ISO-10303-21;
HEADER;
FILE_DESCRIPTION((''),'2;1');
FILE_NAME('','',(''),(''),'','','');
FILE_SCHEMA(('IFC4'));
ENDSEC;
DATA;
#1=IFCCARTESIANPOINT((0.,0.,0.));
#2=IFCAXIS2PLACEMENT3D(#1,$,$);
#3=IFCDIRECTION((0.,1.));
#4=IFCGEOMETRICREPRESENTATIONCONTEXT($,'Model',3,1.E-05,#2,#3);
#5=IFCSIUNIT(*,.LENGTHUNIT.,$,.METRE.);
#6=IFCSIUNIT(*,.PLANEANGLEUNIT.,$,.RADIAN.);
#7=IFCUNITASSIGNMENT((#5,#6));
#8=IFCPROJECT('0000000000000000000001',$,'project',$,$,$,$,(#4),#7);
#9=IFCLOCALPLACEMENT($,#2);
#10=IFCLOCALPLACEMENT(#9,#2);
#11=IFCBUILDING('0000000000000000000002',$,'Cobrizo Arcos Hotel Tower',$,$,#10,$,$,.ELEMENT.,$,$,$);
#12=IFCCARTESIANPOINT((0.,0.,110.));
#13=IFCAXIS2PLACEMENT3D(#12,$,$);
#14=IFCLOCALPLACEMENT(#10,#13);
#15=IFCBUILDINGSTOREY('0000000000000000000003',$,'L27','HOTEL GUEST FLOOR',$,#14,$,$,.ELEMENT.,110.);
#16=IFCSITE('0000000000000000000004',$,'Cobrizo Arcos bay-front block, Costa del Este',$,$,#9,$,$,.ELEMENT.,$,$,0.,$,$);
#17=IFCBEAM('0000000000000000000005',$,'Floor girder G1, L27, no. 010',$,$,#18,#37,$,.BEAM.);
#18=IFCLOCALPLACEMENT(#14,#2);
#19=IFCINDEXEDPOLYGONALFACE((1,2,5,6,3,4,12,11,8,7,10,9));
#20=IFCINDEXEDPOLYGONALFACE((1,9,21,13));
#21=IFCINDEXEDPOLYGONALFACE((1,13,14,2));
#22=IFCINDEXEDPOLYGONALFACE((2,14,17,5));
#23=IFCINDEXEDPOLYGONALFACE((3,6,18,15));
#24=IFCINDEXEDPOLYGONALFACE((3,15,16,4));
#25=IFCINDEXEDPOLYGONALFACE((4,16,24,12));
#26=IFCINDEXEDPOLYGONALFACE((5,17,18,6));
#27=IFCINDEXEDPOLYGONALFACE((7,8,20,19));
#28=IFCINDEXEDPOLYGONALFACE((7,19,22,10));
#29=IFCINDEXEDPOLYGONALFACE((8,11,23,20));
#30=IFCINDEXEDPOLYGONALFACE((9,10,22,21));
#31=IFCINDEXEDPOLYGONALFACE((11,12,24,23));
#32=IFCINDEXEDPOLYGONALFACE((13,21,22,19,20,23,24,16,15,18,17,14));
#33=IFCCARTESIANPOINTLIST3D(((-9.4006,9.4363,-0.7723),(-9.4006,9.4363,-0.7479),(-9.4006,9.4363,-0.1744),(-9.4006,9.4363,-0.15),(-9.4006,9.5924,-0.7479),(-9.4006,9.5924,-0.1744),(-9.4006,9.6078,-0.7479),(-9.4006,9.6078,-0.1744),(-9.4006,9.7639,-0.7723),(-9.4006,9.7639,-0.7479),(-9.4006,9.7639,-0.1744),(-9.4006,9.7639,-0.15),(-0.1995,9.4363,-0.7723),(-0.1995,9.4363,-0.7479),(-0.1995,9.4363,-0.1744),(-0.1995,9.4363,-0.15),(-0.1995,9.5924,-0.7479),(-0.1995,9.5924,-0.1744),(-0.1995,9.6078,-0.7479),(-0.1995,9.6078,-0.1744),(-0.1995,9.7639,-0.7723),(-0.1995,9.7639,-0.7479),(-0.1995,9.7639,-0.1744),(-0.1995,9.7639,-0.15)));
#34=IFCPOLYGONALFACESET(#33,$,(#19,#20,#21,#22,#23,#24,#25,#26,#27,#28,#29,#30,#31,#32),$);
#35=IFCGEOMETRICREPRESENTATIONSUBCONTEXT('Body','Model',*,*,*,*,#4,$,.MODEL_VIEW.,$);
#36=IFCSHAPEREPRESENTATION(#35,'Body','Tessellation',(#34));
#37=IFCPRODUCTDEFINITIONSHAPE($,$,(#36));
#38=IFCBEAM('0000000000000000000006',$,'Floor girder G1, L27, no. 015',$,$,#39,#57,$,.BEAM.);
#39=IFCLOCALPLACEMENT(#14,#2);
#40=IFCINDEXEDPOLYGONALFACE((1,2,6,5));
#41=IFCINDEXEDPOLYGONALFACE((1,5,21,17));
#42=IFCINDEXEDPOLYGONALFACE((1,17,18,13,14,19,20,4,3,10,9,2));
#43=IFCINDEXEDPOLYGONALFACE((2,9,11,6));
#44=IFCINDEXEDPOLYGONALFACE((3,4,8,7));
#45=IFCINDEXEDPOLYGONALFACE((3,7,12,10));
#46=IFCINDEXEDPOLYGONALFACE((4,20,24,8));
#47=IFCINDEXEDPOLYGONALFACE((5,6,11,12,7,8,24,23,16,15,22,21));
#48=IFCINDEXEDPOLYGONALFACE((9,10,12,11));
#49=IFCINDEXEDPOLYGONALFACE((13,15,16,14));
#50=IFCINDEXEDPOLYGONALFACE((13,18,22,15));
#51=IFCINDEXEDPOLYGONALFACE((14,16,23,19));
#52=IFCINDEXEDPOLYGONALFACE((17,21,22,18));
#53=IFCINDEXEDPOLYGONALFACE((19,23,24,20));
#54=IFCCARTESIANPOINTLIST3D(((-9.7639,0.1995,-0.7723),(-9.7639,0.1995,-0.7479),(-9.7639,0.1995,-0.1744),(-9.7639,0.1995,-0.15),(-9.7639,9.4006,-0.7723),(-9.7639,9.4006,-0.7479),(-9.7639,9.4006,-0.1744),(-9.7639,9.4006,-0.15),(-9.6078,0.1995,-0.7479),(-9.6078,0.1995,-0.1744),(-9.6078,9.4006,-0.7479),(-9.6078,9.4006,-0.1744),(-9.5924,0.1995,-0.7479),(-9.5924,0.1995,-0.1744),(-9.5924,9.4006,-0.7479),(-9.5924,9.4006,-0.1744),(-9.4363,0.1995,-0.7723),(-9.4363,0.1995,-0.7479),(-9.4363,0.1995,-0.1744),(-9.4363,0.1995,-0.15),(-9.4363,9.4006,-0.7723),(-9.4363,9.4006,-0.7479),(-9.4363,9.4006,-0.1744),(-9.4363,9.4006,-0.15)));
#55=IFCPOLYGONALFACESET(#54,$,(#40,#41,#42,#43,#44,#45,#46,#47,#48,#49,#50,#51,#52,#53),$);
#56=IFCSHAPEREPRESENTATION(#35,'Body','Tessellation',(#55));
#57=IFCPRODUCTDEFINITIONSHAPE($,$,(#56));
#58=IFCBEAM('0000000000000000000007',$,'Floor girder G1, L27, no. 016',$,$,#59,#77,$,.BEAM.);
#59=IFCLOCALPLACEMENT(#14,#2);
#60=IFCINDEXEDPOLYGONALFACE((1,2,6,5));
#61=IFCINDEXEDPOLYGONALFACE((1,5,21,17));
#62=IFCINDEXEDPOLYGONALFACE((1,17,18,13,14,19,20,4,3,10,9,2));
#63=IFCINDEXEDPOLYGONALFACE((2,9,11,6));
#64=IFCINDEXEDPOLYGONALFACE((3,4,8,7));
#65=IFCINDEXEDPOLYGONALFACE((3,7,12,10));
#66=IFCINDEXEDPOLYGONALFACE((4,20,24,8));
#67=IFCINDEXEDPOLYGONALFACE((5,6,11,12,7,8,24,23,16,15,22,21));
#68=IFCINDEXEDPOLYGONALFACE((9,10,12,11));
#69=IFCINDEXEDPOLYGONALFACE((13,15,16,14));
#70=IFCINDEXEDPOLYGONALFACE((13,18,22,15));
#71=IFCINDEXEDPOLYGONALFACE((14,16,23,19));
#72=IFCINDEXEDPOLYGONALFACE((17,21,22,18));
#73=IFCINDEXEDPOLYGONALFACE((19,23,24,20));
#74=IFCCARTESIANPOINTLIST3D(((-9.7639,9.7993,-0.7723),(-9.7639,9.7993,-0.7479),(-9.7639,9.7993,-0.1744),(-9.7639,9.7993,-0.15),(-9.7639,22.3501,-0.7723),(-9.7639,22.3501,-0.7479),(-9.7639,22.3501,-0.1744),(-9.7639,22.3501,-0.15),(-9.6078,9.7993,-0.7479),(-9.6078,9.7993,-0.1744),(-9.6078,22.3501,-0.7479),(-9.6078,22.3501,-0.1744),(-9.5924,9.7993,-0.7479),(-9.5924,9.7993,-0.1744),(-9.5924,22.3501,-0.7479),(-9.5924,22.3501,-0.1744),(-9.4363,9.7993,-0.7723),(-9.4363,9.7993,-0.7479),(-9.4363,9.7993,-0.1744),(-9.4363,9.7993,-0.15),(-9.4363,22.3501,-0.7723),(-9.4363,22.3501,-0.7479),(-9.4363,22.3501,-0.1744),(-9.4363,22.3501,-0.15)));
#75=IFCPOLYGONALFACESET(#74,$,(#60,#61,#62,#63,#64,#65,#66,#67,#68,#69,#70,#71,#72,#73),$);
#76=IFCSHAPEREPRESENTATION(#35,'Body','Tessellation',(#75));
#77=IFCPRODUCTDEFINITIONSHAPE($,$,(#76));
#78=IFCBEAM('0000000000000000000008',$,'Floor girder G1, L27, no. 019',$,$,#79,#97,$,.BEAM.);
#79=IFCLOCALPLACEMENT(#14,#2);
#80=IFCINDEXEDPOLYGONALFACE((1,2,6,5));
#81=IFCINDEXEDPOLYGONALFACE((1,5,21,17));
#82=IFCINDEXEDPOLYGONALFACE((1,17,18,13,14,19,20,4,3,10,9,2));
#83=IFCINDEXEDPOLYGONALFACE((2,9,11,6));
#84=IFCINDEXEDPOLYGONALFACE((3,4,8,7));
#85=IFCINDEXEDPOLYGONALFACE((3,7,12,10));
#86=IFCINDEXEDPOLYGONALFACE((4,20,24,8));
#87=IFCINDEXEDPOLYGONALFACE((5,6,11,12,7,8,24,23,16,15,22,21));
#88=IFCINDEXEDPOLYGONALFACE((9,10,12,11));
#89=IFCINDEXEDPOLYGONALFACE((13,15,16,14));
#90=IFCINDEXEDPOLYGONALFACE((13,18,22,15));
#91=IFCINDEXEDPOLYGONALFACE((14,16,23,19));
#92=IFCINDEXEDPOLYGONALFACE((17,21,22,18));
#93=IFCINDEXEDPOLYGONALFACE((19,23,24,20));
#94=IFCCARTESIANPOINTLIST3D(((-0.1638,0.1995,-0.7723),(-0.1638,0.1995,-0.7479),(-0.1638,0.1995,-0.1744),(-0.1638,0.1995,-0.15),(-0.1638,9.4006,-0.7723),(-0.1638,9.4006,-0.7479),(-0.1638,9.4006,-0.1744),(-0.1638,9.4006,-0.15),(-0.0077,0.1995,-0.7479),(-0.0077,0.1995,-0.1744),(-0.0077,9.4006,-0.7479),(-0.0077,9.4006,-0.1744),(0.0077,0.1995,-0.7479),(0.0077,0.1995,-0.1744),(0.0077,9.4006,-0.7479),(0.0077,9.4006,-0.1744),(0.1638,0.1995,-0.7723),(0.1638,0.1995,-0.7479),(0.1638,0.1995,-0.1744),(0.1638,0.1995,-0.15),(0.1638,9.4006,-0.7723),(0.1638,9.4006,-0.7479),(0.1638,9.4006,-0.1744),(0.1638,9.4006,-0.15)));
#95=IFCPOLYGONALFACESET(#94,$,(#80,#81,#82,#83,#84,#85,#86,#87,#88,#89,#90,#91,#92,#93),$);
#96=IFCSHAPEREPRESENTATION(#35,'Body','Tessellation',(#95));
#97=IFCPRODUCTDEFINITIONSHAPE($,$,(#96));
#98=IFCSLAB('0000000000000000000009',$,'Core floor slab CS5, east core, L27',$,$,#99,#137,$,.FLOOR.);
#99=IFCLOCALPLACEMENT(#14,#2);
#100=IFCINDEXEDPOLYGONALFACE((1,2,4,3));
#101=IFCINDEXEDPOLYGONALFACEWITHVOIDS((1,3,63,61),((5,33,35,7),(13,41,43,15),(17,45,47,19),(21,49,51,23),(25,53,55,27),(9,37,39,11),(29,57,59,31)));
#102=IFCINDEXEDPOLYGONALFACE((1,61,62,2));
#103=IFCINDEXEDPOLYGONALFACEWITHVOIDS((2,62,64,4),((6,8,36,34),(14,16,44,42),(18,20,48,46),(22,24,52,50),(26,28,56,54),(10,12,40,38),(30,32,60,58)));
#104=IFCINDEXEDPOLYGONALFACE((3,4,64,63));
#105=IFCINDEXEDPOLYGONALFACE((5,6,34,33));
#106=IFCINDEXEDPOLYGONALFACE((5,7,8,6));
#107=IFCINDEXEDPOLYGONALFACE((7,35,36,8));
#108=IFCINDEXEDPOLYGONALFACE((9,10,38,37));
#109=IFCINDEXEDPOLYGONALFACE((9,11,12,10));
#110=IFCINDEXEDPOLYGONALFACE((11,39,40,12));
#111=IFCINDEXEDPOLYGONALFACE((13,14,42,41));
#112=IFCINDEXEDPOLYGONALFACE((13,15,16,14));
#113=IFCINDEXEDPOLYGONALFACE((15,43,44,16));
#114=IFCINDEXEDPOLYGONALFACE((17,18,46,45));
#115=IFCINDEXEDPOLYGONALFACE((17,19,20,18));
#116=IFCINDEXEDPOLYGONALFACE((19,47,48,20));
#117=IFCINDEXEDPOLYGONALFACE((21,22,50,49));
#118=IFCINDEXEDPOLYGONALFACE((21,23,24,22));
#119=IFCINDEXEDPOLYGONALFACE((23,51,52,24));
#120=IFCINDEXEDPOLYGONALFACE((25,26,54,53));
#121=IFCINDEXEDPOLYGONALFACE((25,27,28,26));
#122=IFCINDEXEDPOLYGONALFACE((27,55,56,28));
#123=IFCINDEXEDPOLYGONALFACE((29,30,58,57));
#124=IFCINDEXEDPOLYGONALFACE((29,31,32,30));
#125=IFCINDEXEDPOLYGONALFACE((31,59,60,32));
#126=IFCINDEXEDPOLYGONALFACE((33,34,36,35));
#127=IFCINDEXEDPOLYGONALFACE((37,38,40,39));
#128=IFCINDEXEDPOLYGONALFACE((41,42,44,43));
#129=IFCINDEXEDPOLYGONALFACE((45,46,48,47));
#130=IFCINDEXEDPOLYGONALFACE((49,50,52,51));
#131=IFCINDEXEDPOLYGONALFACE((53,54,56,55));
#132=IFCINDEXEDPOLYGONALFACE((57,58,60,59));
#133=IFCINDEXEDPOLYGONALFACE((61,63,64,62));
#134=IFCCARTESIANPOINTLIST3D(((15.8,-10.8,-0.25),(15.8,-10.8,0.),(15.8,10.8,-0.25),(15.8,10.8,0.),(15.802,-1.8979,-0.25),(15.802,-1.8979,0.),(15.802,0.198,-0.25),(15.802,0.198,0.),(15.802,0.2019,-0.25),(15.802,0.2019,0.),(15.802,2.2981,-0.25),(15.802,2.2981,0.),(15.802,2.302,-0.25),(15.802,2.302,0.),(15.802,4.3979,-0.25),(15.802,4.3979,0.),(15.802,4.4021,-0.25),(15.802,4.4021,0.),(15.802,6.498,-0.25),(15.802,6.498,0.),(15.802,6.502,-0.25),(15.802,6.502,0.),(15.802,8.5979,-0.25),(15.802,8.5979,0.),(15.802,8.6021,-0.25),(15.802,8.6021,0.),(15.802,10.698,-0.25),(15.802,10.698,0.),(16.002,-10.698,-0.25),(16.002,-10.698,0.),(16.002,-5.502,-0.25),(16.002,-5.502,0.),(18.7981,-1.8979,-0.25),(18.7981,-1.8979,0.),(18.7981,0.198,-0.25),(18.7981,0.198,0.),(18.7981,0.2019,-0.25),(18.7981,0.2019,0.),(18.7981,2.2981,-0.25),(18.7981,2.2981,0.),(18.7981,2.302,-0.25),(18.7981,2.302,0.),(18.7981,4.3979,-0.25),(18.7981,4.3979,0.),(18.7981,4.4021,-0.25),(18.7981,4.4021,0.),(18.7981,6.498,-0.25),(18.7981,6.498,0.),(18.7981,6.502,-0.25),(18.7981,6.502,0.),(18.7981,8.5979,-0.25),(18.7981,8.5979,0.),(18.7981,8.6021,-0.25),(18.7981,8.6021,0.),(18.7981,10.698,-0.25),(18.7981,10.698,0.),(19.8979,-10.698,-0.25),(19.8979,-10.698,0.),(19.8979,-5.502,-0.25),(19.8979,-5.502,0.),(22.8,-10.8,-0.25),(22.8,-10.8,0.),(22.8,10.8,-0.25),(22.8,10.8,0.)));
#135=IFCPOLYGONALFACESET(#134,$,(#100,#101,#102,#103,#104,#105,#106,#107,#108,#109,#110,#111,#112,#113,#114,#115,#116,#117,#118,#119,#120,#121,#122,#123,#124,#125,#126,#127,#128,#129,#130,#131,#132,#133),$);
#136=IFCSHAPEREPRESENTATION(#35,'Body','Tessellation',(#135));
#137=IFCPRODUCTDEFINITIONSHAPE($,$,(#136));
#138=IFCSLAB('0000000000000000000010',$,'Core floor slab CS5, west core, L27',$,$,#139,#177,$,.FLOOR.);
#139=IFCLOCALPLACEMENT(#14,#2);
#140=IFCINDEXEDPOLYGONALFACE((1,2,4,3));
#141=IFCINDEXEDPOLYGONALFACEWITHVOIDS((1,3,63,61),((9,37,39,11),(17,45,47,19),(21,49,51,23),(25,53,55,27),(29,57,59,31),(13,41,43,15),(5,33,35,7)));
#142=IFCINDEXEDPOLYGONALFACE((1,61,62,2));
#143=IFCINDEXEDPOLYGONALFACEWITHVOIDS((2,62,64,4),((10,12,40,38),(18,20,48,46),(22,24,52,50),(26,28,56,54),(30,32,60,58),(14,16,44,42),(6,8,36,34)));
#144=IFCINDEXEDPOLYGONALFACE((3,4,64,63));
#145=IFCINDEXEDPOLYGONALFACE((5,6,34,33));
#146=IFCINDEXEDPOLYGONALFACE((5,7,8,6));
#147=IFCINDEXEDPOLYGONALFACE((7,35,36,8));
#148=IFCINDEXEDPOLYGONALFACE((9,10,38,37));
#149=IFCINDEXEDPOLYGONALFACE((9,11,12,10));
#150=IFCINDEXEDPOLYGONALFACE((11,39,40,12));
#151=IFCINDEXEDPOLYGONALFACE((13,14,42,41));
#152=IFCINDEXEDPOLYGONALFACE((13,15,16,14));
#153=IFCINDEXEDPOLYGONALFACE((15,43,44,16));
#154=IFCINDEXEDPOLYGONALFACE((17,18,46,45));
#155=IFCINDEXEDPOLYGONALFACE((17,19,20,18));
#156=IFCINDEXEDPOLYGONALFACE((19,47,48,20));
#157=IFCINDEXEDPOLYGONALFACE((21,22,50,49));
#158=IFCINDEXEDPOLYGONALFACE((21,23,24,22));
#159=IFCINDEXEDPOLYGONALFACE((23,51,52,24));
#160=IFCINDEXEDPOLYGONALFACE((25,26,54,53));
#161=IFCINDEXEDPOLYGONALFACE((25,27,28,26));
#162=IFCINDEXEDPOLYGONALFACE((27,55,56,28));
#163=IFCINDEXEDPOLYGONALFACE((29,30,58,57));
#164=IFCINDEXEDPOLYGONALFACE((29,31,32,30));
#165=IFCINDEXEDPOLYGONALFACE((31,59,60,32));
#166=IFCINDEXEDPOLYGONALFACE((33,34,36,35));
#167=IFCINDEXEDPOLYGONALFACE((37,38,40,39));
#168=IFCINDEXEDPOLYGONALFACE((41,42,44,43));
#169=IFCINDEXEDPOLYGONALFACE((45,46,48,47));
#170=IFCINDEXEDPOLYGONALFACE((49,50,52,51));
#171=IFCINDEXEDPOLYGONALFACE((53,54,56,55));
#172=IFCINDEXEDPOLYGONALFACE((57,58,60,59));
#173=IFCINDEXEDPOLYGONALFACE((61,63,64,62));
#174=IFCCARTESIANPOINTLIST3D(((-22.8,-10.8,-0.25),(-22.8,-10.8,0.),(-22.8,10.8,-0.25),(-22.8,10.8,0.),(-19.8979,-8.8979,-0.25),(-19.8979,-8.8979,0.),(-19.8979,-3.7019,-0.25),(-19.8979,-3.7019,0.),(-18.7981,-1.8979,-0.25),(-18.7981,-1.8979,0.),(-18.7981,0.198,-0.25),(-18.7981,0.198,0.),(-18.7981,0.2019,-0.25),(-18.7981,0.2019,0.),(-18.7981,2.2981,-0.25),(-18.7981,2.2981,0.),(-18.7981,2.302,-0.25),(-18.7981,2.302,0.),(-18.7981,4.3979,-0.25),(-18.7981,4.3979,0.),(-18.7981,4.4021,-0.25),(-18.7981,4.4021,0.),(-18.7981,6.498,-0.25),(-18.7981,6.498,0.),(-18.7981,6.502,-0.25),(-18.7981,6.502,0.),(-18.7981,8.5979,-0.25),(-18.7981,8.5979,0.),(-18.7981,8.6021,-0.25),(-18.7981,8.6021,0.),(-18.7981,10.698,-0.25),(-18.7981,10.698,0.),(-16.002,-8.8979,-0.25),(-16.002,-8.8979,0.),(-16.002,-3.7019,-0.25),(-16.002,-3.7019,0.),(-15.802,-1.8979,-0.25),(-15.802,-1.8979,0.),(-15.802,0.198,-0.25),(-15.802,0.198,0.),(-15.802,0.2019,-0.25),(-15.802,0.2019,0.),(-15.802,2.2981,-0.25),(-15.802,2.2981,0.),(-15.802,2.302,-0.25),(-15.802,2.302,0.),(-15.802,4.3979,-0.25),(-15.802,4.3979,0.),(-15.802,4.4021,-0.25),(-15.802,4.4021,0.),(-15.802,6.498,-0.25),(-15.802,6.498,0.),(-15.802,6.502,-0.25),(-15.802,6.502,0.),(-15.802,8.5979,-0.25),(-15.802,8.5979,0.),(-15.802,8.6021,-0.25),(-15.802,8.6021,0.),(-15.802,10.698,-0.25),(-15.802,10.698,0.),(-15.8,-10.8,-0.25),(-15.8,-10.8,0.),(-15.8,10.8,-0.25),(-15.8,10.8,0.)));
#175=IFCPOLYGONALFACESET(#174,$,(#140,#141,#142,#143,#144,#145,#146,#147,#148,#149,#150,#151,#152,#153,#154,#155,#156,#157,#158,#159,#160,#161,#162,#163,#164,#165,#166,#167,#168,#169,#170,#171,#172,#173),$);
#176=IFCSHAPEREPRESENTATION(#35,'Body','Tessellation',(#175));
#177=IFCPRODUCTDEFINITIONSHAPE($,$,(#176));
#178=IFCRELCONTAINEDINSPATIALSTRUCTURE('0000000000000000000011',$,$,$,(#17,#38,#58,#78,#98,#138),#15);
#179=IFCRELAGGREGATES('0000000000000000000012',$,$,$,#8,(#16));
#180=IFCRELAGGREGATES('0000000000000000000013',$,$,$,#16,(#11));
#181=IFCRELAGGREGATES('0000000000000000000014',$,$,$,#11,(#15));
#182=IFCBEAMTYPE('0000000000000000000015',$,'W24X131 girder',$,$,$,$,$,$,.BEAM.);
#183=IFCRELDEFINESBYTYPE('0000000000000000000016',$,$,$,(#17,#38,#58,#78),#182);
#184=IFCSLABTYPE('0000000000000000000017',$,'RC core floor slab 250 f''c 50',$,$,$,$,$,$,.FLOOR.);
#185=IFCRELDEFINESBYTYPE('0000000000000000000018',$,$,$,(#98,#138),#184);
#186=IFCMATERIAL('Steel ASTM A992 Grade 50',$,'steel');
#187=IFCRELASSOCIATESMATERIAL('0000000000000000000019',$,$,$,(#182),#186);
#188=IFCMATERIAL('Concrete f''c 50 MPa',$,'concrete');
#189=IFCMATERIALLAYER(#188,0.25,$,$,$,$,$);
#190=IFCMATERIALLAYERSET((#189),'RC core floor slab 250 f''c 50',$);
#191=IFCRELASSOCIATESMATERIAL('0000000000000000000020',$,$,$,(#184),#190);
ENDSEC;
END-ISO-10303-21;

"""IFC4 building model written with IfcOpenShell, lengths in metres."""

from ifc_helpers import new_model, si_unit, direction, frame, origin, origin_2d, place, context, subcontext, project, spatial, polyline, i_section, outline, extrude, material, layer, layer_set, material_profile, profile_set, type_object, element, save


model = new_model("IFC4")

# Units and contexts
model_context = context("Model", 3, precision=1e-05, world=origin(), true_north=direction((0.0, 1.0)))
body_context = subcontext(model_context, "Body", "Model", "MODEL_VIEW")
ifc_project = project(units=[si_unit("LENGTHUNIT", "METRE"), si_unit("PLANEANGLEUNIT", "RADIAN")], contexts=[model_context])

# Site, building, storey
site_placement = place(None, origin())
site = spatial("IfcSite", under=ifc_project, at=site_placement, Name="Cobrizo Arcos bay-front block, Costa del Este", CompositionType="ELEMENT", RefElevation=0.0)
building_placement = place(site_placement, origin())
building = spatial("IfcBuilding", under=site, at=building_placement, Name="Cobrizo Arcos Hotel Tower", CompositionType="ELEMENT")
storey_placement = place(building_placement, frame((0.0, 0.0, 110.0)))
storey = spatial("IfcBuildingStorey", under=building, at=storey_placement, Name="L27", Description="HOTEL GUEST FLOOR", CompositionType="ELEMENT", Elevation=110.0)

# Shared definitions
ifc_material_1 = material(Name="Steel ASTM A992 Grade 50", Category="steel")

# Beams
ifc_material_profile_1 = material_profile(ifc_material_1, i_section(OverallWidth=0.3276, OverallDepth=0.6223, WebThickness=0.0154, FlangeThickness=0.0244, at=origin_2d()), Name="W24X131")
ifc_profile_set_1 = profile_set([ifc_material_profile_1], Name="Steel ASTM A992 Grade 50")
beam_type_1 = type_object("IfcBeamType", Name="W24X131 girder", PredefinedType="BEAM", material=ifc_profile_set_1)
for number, where, z_axis, x_axis, name in (
    (1, (-9.4006, 9.6001, -0.4612), (1.0, 0.0, 0.0), (0.0, 1.0, 0.0), "Floor girder G1, L27, no. 010"),
    (2, (-9.6001, 0.1995, -0.4612), (0.0, 1.0, 0.0), (-1.0, 0.0, 0.0), "Floor girder G1, L27, no. 015"),
):
    element("IfcBeam", number, at=place(storey_placement, frame(where, z_axis=z_axis, x_axis=x_axis)), inside=storey, type_object=beam_type_1, Name=name, PredefinedType="BEAM", context=body_context, shape_type="SweptSolid", body=[
        extrude(i_section(OverallWidth=0.3276, OverallDepth=0.6223, WebThickness=0.0154, FlangeThickness=0.0244, at=origin_2d()), origin(), (0.0, 0.0, 1.0), 9.2012),
    ])
beam_1_placement = place(storey_placement, frame((-9.6001, 9.7993, -0.4612), z_axis=(0.0, 1.0, 0.0), x_axis=(-1.0, 0.0, 0.0)))
element("IfcBeam", 3, at=beam_1_placement, inside=storey, type_object=beam_type_1, Name="Floor girder G1, L27, no. 016", PredefinedType="BEAM", context=body_context, shape_type="SweptSolid", body=[
    extrude(i_section(OverallWidth=0.3276, OverallDepth=0.6223, WebThickness=0.0154, FlangeThickness=0.0244, at=origin_2d()), origin(), (0.0, 0.0, 1.0), 12.5508),
])
beam_2_placement = place(storey_placement, frame((0.0, 0.1995, -0.4612), z_axis=(0.0, 1.0, 0.0), x_axis=(-1.0, 0.0, 0.0)))
element("IfcBeam", 4, at=beam_2_placement, inside=storey, type_object=beam_type_1, Name="Floor girder G1, L27, no. 019", PredefinedType="BEAM", context=body_context, shape_type="SweptSolid", body=[
    extrude(i_section(OverallWidth=0.3276, OverallDepth=0.6223, WebThickness=0.0154, FlangeThickness=0.0244, at=origin_2d()), origin(), (0.0, 0.0, 1.0), 9.2012),
])

# Slabs
ifc_material_2 = material(Name="Concrete f'c 50 MPa", Category="concrete")
ifc_layer_1 = layer(ifc_material_2, 0.25)
ifc_layer_set_1 = layer_set([ifc_layer_1], Name="RC core floor slab 250 f'c 50")
slab_type_1 = type_object("IfcSlabType", Name="RC core floor slab 250 f'c 50", PredefinedType="FLOOR", material=ifc_layer_set_1)
slab_1_placement = place(storey_placement, frame((0.0, 0.0, -0.25)))
element("IfcSlab", 5, at=slab_1_placement, inside=storey, type_object=slab_type_1, Name="Core floor slab CS5, east core, L27", PredefinedType="FLOOR", context=body_context, shape_type="SweptSolid", body=[
    extrude(outline(polyline([(15.8, 10.8), (22.8, 10.8), (22.8, -10.8), (15.8, -10.8), (15.8, 10.8)]), holes=[polyline([(19.8979, -10.698), (19.8979, -5.502), (16.002, -5.502), (16.002, -10.698), (19.8979, -10.698)]), polyline([(15.802, 0.198), (15.802, -1.8979), (18.7981, -1.8979), (18.7981, 0.198), (15.802, 0.198)]), polyline([(18.7981, 2.2981), (15.802, 2.2981), (15.802, 0.2019), (18.7981, 0.2019), (18.7981, 2.2981)]), polyline([(18.7981, 4.3979), (15.802, 4.3979), (15.802, 2.302), (18.7981, 2.302), (18.7981, 4.3979)]), polyline([(15.802, 6.498), (15.802, 4.4021), (18.7981, 4.4021), (18.7981, 6.498), (15.802, 6.498)]), polyline([(18.7981, 8.5979), (15.802, 8.5979), (15.802, 6.502), (18.7981, 6.502), (18.7981, 8.5979)]), polyline([(18.7981, 10.698), (15.802, 10.698), (15.802, 8.6021), (18.7981, 8.6021), (18.7981, 10.698)])]), origin(), (0.0, 0.0, 1.0), 0.25),
])
slab_2_placement = place(storey_placement, frame((0.0, 0.0, -0.25)))
element("IfcSlab", 6, at=slab_2_placement, inside=storey, type_object=slab_type_1, Name="Core floor slab CS5, west core, L27", PredefinedType="FLOOR", context=body_context, shape_type="SweptSolid", body=[
    extrude(outline(polyline([(-22.8, 10.8), (-15.8, 10.8), (-15.8, -10.8), (-22.8, -10.8), (-22.8, 10.8)]), holes=[polyline([(-19.8979, -3.7019), (-19.8979, -8.8979), (-16.002, -8.8979), (-16.002, -3.7019), (-19.8979, -3.7019)]), polyline([(-18.7981, 0.198), (-18.7981, -1.8979), (-15.802, -1.8979), (-15.802, 0.198), (-18.7981, 0.198)]), polyline([(-15.802, 2.2981), (-18.7981, 2.2981), (-18.7981, 0.2019), (-15.802, 0.2019), (-15.802, 2.2981)]), polyline([(-15.802, 4.3979), (-18.7981, 4.3979), (-18.7981, 2.302), (-15.802, 2.302), (-15.802, 4.3979)]), polyline([(-18.7981, 6.498), (-18.7981, 4.4021), (-15.802, 4.4021), (-15.802, 6.498), (-18.7981, 6.498)]), polyline([(-15.802, 8.5979), (-18.7981, 8.5979), (-18.7981, 6.502), (-15.802, 6.502), (-15.802, 8.5979)]), polyline([(-15.802, 10.698), (-18.7981, 10.698), (-18.7981, 8.6021), (-15.802, 8.6021), (-15.802, 10.698)])]), origin(), (0.0, 0.0, 1.0), 0.25),
])

save(model, "model.ifc")
